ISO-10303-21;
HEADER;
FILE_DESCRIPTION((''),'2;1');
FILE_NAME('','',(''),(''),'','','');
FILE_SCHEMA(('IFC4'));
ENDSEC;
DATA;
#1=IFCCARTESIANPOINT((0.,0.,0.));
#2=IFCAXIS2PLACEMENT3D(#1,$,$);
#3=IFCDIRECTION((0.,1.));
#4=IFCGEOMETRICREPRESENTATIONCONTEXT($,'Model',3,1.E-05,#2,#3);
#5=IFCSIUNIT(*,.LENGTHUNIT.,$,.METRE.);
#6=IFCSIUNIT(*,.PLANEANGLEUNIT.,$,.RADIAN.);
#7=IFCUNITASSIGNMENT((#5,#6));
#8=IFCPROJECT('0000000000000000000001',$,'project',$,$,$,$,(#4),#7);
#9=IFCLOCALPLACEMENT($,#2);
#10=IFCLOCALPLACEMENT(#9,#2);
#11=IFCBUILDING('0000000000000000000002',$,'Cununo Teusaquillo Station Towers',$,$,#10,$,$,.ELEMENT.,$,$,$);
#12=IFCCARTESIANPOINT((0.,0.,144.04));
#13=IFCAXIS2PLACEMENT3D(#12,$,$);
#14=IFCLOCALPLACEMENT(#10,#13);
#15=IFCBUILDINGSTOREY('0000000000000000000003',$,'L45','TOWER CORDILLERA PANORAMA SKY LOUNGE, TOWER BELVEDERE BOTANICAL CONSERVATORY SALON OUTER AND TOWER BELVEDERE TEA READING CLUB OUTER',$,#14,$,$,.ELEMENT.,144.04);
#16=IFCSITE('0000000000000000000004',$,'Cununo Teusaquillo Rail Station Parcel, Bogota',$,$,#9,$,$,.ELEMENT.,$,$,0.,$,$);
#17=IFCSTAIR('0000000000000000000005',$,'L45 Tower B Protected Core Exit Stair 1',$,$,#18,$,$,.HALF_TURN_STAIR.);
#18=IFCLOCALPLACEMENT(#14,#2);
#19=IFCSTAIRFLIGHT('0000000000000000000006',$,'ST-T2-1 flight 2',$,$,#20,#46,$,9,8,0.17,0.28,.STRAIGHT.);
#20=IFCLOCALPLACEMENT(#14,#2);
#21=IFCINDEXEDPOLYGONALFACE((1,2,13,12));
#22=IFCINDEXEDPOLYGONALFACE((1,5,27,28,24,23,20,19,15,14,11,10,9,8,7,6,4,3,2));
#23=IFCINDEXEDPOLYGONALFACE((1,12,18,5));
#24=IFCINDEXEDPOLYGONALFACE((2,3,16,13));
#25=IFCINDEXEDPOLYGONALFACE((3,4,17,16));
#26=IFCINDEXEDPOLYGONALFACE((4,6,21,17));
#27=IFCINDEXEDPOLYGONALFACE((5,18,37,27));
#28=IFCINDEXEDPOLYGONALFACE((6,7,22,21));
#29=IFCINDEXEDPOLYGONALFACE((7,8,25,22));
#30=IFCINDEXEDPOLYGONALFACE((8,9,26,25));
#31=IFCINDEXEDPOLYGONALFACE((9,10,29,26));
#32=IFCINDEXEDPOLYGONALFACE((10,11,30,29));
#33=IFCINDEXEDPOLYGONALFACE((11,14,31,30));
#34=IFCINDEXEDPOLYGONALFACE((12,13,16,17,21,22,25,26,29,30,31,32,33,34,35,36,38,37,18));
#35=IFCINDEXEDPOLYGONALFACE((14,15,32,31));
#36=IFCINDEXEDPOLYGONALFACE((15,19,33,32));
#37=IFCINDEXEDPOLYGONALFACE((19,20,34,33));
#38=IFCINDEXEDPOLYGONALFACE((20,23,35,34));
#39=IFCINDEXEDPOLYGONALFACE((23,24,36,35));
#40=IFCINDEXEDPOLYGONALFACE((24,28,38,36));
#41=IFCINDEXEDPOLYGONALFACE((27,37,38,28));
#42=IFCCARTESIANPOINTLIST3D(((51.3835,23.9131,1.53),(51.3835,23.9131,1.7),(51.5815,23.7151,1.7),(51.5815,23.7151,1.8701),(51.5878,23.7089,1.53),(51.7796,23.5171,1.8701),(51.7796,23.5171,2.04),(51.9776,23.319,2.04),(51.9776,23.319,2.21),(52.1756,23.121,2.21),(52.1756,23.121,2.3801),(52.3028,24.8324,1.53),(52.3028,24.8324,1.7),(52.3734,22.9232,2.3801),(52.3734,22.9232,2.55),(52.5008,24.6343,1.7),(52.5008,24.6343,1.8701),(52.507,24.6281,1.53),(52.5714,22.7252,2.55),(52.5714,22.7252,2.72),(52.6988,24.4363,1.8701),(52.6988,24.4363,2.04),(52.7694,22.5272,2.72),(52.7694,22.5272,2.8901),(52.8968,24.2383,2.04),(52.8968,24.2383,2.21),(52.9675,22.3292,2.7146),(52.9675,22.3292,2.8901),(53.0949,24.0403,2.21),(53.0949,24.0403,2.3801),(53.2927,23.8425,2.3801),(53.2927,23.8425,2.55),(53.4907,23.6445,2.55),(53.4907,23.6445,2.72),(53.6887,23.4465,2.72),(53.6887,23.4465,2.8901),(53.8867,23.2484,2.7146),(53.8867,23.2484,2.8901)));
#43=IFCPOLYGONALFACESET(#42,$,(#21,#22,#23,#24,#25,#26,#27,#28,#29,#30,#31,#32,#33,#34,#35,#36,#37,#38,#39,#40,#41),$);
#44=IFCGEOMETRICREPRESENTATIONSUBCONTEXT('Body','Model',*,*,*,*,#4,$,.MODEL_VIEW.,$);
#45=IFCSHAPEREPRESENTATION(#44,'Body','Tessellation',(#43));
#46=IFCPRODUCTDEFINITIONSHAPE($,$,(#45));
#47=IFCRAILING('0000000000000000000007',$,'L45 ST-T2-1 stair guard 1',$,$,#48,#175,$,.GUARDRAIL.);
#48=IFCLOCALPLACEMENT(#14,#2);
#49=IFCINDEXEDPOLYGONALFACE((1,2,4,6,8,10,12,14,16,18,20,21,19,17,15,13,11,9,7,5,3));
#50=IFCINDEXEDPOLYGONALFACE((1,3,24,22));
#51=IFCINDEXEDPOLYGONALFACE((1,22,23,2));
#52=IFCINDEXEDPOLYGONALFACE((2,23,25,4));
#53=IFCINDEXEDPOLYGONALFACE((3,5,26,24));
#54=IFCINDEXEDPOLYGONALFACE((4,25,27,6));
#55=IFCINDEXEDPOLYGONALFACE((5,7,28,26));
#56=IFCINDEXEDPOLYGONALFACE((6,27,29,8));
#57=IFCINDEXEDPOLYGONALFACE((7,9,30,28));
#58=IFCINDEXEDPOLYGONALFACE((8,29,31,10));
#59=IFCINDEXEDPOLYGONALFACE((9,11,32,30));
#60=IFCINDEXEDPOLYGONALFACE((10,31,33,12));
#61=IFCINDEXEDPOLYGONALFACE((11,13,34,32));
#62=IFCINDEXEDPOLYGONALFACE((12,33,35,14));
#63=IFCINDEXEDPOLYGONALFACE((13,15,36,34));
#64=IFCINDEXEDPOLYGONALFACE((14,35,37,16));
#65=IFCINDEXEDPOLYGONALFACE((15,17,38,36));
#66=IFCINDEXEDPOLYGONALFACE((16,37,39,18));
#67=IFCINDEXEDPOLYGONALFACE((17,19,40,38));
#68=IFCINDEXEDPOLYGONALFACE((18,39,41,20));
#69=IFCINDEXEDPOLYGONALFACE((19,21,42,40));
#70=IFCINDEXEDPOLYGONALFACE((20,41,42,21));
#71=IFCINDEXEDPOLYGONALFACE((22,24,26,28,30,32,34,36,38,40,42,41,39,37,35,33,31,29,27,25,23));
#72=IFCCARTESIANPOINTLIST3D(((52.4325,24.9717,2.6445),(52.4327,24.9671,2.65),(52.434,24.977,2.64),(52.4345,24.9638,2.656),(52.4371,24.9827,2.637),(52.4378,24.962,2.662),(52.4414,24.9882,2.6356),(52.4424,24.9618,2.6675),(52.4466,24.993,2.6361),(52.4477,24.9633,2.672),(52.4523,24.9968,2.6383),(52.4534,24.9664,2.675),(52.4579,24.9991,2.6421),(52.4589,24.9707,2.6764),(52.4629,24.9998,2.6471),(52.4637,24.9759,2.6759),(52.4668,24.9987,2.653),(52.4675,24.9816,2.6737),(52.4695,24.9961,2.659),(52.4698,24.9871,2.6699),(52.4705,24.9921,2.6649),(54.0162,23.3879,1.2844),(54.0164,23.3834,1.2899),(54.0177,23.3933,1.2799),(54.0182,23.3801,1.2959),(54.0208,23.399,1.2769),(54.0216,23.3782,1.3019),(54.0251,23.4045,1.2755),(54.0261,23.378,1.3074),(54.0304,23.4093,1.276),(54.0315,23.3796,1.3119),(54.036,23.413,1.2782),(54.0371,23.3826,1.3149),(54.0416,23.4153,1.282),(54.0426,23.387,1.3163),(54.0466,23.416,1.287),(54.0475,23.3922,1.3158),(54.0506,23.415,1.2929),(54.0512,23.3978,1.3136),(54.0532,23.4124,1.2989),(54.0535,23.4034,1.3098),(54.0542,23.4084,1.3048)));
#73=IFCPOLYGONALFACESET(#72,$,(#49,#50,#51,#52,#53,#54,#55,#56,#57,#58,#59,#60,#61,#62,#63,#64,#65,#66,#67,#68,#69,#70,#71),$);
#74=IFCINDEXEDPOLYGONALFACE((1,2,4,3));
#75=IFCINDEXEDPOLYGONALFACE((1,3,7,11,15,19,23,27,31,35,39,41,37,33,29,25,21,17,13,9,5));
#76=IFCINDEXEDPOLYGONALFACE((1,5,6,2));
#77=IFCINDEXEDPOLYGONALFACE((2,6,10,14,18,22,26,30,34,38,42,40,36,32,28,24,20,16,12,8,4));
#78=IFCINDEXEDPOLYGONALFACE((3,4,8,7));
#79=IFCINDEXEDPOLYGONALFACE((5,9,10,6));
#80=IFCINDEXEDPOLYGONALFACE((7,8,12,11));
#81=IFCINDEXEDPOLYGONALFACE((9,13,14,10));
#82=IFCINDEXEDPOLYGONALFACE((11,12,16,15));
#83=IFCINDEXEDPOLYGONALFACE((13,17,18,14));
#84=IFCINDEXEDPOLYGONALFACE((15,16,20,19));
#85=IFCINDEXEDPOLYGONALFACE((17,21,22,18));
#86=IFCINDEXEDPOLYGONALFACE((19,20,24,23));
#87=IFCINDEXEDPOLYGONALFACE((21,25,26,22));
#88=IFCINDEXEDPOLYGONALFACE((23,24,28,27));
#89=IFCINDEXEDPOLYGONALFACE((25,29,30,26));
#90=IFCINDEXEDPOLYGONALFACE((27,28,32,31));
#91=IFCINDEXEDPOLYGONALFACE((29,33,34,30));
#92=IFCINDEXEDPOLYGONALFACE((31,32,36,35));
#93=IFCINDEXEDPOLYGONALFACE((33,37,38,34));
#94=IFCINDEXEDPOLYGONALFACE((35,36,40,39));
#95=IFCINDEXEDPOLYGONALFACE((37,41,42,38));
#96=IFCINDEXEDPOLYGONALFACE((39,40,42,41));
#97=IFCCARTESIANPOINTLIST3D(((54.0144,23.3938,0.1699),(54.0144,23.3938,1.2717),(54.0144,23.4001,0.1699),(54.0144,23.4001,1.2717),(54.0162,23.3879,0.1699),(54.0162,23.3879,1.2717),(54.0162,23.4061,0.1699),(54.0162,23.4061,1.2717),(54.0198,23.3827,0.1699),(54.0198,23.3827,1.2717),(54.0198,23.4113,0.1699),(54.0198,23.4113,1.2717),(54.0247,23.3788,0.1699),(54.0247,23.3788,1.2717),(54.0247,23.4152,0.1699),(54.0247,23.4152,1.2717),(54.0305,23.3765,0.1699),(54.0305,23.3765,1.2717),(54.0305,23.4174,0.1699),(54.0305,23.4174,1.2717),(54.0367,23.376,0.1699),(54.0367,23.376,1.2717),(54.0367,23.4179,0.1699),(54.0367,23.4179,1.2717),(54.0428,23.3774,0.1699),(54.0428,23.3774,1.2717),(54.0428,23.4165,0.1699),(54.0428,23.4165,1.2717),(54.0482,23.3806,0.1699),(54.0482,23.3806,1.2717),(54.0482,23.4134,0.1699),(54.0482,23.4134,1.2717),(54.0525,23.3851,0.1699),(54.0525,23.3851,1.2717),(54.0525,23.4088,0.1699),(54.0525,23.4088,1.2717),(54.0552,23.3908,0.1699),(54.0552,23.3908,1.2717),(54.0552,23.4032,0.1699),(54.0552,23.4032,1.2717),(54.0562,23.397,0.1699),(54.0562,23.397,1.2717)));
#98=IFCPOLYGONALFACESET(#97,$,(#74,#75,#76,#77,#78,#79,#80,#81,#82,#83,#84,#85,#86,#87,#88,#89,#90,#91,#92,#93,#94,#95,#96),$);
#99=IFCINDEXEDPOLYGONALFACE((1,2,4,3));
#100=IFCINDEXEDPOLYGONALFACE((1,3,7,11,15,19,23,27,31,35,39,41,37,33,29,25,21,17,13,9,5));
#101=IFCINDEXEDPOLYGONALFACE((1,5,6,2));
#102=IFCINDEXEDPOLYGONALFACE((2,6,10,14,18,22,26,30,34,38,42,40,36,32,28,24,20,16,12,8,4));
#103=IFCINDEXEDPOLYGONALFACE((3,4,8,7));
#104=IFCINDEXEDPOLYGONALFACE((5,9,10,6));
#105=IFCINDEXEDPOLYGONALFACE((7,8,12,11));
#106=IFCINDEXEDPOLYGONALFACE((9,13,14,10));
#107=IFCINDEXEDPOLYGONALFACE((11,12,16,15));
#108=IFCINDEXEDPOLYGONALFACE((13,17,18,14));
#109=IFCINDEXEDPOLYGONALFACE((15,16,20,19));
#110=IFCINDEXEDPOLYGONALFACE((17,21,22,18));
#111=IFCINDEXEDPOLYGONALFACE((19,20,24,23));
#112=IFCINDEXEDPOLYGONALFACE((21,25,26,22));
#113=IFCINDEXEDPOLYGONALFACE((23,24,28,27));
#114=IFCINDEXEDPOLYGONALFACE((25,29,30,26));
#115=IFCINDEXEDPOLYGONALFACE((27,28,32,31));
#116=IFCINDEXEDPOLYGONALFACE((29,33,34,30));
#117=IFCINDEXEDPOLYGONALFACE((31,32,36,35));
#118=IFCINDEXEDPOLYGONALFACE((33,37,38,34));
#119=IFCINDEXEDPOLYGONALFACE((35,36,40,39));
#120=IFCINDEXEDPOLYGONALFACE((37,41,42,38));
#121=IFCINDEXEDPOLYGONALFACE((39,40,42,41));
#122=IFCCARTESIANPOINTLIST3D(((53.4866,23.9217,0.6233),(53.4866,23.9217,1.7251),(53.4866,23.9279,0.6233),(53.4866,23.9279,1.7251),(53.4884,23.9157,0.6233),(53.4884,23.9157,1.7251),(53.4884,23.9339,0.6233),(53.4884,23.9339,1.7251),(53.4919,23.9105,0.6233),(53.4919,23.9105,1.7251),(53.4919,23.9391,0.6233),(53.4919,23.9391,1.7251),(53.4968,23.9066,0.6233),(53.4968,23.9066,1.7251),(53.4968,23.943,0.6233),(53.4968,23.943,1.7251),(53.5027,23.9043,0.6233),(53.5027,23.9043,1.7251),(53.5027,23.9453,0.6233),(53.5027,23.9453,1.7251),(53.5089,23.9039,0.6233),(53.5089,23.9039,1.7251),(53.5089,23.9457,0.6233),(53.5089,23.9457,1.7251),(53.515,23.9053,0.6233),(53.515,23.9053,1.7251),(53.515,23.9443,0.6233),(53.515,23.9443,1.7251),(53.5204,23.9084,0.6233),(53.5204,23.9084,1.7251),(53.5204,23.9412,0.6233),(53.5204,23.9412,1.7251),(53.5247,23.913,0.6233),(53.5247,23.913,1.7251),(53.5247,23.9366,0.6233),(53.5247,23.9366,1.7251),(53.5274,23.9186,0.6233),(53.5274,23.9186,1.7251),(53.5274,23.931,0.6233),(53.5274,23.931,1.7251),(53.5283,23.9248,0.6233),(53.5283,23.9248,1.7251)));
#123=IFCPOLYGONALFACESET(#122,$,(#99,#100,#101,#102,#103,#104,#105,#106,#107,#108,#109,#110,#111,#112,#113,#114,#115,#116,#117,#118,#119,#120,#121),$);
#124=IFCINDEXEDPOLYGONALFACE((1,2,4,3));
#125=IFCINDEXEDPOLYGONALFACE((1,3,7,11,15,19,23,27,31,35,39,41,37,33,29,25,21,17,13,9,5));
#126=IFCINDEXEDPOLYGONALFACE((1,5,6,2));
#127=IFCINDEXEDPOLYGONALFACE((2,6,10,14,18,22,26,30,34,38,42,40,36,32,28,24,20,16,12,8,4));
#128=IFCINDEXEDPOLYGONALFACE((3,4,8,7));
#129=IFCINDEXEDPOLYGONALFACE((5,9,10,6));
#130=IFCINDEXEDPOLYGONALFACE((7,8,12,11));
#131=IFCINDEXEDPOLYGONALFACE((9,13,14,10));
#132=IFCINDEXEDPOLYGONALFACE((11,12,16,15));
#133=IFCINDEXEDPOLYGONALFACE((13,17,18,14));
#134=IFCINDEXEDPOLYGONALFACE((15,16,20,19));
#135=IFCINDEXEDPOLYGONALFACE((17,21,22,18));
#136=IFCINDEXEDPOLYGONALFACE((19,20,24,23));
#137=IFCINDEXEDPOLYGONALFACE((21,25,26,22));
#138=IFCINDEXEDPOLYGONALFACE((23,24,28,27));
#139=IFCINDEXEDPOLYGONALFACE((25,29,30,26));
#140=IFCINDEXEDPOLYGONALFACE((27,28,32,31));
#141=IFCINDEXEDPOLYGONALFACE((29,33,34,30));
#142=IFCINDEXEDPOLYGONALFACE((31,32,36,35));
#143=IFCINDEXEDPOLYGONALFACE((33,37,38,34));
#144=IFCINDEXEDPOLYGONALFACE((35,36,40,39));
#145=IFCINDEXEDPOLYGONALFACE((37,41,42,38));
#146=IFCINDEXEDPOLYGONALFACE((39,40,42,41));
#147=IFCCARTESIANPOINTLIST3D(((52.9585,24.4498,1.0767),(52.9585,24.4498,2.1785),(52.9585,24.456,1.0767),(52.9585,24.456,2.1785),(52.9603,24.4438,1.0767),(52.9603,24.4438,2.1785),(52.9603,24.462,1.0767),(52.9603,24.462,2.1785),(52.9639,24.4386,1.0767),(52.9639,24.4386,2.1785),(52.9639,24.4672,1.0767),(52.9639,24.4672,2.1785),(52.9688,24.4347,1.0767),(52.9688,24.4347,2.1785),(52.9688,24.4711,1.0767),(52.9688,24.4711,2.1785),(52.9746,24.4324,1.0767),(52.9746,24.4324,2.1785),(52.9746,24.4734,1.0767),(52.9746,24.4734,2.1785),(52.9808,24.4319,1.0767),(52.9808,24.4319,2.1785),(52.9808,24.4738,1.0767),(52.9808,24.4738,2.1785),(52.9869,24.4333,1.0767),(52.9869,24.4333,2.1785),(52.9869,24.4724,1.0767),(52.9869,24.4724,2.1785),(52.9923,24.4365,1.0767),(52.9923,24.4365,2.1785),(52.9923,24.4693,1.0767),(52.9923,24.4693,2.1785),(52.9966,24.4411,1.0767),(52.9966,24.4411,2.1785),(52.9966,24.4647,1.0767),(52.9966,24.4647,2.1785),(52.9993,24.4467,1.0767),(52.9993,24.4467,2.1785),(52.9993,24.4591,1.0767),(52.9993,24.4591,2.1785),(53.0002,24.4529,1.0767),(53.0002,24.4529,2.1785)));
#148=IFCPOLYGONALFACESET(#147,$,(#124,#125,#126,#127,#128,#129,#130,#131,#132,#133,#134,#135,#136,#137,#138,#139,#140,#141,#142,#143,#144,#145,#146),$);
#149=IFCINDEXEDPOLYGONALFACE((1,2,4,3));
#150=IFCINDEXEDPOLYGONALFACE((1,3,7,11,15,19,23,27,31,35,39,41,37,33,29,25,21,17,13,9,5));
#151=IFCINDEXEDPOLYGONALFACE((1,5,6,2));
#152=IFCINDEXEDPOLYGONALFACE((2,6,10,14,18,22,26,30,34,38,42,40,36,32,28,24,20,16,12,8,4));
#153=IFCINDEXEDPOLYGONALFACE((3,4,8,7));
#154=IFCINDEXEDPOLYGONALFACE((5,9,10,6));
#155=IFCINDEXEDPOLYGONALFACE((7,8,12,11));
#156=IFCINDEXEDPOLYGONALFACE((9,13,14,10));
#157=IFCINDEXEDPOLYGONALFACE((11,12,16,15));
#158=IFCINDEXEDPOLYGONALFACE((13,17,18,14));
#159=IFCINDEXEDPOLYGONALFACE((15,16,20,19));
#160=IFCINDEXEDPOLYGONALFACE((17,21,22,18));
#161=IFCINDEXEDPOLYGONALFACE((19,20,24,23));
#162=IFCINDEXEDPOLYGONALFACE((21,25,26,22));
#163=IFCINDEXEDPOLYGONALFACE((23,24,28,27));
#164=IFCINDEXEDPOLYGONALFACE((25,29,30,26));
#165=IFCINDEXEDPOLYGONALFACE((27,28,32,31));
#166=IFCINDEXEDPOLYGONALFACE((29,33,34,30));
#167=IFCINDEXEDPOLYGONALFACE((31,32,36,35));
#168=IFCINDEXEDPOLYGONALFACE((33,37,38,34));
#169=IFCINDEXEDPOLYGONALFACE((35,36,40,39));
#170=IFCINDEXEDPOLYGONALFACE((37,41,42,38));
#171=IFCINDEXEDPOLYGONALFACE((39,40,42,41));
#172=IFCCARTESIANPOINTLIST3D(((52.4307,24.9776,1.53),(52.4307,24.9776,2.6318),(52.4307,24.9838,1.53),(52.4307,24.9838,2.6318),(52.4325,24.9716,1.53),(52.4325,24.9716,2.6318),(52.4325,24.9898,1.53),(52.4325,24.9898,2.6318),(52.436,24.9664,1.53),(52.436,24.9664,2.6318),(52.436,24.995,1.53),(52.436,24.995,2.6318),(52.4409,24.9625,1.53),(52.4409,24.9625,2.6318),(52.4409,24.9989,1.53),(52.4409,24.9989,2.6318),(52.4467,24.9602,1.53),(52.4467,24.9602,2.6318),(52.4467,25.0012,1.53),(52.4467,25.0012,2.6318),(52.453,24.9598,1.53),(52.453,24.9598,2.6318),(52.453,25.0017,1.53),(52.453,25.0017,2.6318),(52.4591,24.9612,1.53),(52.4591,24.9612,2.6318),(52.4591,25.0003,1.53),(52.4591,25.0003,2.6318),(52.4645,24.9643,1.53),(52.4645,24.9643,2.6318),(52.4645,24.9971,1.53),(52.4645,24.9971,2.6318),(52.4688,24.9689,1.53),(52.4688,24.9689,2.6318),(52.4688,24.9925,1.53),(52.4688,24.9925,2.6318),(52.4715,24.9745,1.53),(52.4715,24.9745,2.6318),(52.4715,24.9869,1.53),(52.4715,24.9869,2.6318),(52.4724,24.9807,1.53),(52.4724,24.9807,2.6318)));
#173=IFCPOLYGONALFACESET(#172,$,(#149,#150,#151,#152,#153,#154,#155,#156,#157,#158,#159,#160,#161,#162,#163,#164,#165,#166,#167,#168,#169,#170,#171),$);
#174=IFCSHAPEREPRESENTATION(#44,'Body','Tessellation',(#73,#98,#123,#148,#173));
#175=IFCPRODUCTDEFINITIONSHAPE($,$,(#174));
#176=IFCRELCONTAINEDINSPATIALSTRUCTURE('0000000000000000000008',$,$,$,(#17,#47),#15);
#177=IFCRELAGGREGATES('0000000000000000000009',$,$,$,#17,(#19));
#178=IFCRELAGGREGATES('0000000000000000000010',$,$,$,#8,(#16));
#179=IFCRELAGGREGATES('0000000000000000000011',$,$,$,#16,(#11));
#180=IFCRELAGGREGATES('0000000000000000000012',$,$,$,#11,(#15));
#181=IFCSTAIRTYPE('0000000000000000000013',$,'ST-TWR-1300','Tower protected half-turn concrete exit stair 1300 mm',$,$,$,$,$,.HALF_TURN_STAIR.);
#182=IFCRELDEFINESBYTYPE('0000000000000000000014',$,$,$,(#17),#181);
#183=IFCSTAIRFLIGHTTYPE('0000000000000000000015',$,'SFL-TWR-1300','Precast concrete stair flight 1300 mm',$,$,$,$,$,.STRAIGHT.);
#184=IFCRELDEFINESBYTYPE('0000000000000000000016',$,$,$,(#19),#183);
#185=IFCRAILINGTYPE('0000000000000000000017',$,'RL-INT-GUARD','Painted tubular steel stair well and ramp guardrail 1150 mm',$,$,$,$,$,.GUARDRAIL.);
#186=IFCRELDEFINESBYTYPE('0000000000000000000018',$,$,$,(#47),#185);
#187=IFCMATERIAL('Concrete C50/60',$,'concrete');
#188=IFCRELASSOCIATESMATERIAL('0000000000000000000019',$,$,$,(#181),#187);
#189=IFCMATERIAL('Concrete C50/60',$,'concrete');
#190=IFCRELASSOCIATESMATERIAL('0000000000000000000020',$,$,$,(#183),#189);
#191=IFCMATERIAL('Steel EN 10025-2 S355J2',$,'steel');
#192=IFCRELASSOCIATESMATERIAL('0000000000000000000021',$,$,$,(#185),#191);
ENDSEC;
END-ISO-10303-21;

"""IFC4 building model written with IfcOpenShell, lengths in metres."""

from ifc_helpers import new_model, si_unit, direction, frame, origin, origin_2d, place, context, subcontext, project, spatial, polyline, circle, outline, extrude, material, type_object, element, aggregate, save


model = new_model("IFC4")

# Units and contexts
model_context = context("Model", 3, precision=1e-05, world=origin(), true_north=direction((0.0, 1.0)))
body_context = subcontext(model_context, "Body", "Model", "MODEL_VIEW")
ifc_project = project(units=[si_unit("LENGTHUNIT", "METRE"), si_unit("PLANEANGLEUNIT", "RADIAN")], contexts=[model_context])

# Site, building, storey
site_placement = place(None, origin())
site = spatial("IfcSite", under=ifc_project, at=site_placement, Name="Cununo Teusaquillo Rail Station Parcel, Bogota", CompositionType="ELEMENT", RefElevation=0.0)
building_placement = place(site_placement, origin())
building = spatial("IfcBuilding", under=site, at=building_placement, Name="Cununo Teusaquillo Station Towers", CompositionType="ELEMENT")
storey_placement = place(building_placement, frame((0.0, 0.0, 144.04)))
storey = spatial("IfcBuildingStorey", under=building, at=storey_placement, Name="L45", Description="TOWER CORDILLERA PANORAMA SKY LOUNGE, TOWER BELVEDERE BOTANICAL CONSERVATORY SALON OUTER AND TOWER BELVEDERE TEA READING CLUB OUTER", CompositionType="ELEMENT", Elevation=144.04)

# Stair, stair flight
ifc_material_1 = material(Name="Concrete C50/60", Category="concrete")
stair_type = type_object("IfcStairType", Name="ST-TWR-1300", Description="Tower protected half-turn concrete exit stair 1300 mm", PredefinedType="HALF_TURN_STAIR", material=ifc_material_1)
stair_placement = place(storey_placement, origin())
stair = element("IfcStair", 1, at=stair_placement, inside=storey, type_object=stair_type, Name="L45 Tower B Protected Core Exit Stair 1", PredefinedType="HALF_TURN_STAIR")
ifc_material_2 = material(Name="Concrete C50/60", Category="concrete")
stair_flight_type = type_object("IfcStairFlightType", Name="SFL-TWR-1300", Description="Precast concrete stair flight 1300 mm", PredefinedType="STRAIGHT", material=ifc_material_2)
stair_flight_1_placement = place(storey_placement, frame((51.8433, 24.3728, 1.53), z_axis=(0.0, 0.0, 1.0), x_axis=(0.707107, -0.707107, 0.0)))
stair_flight_1 = element("IfcStairFlight", 2, at=stair_flight_1_placement, type_object=stair_flight_type, Name="ST-T2-1 flight 2", NumberOfRisers=9, NumberOfTreads=8, PredefinedType="STRAIGHT", RiserHeight=0.17, TreadLength=0.28, context=body_context, shape_type="SweptSolid", body=[
    extrude(outline(polyline([(0.0, 0.0), (0.0, 0.1699), (0.28, 0.1699), (0.28, 0.3401), (0.5601, 0.3401), (0.5601, 0.51), (0.8401, 0.51), (0.8401, 0.6799), (1.1201, 0.6799), (1.1201, 0.8501), (1.3999, 0.8501), (1.3999, 1.02), (1.6799, 1.02), (1.6799, 1.1899), (1.96, 1.1899), (1.96, 1.3601), (2.24, 1.3601), (2.24, 1.53), (2.24, 1.1846), (0.2888, 0.0), (0.0, 0.0)])), frame((0.0, 0.6499, 0.0), z_axis=(0.0, -1.0, 0.0), x_axis=(1.0, 0.0, 0.0)), (0.0, 0.0, 1.0), 1.3),
])
aggregate(stair, [stair_flight_1])

# Railing
ifc_material_3 = material(Name="Steel EN 10025-2 S355J2", Category="steel")
railing_type_1 = type_object("IfcRailingType", Name="RL-INT-GUARD", Description="Painted tubular steel stair well and ramp guardrail 1150 mm", PredefinedType="GUARDRAIL", material=ifc_material_3)
railing_1_placement = place(storey_placement, frame((54.0352, 23.397, 0.1699)))
element("IfcRailing", 3, at=railing_1_placement, inside=storey, type_object=railing_type_1, Name="L45 ST-T2-1 stair guard 1", PredefinedType="GUARDRAIL", context=body_context, shape_type="SweptSolid", body=[
    extrude(circle(Radius=0.0239, at=origin_2d()), frame((0.0, 0.0, 1.126), z_axis=(-0.604395, 0.604395, 0.519051), x_axis=(-0.707107, -0.707107, 0.0)), (0.0, 0.0, 1.0), 2.6204),
    extrude(circle(Radius=0.021, at=origin_2d()), origin(), (0.0, 0.0, 1.0), 1.1018),
    extrude(circle(Radius=0.021, at=origin_2d()), frame((-0.5278, 0.5278, 0.4534)), (0.0, 0.0, 1.0), 1.1018),
    extrude(circle(Radius=0.021, at=origin_2d()), frame((-1.0559, 1.0559, 0.9067)), (0.0, 0.0, 1.0), 1.1018),
    extrude(circle(Radius=0.021, at=origin_2d()), frame((-1.5837, 1.5837, 1.3601)), (0.0, 0.0, 1.0), 1.1018),
])

save(model, "model.ifc")
